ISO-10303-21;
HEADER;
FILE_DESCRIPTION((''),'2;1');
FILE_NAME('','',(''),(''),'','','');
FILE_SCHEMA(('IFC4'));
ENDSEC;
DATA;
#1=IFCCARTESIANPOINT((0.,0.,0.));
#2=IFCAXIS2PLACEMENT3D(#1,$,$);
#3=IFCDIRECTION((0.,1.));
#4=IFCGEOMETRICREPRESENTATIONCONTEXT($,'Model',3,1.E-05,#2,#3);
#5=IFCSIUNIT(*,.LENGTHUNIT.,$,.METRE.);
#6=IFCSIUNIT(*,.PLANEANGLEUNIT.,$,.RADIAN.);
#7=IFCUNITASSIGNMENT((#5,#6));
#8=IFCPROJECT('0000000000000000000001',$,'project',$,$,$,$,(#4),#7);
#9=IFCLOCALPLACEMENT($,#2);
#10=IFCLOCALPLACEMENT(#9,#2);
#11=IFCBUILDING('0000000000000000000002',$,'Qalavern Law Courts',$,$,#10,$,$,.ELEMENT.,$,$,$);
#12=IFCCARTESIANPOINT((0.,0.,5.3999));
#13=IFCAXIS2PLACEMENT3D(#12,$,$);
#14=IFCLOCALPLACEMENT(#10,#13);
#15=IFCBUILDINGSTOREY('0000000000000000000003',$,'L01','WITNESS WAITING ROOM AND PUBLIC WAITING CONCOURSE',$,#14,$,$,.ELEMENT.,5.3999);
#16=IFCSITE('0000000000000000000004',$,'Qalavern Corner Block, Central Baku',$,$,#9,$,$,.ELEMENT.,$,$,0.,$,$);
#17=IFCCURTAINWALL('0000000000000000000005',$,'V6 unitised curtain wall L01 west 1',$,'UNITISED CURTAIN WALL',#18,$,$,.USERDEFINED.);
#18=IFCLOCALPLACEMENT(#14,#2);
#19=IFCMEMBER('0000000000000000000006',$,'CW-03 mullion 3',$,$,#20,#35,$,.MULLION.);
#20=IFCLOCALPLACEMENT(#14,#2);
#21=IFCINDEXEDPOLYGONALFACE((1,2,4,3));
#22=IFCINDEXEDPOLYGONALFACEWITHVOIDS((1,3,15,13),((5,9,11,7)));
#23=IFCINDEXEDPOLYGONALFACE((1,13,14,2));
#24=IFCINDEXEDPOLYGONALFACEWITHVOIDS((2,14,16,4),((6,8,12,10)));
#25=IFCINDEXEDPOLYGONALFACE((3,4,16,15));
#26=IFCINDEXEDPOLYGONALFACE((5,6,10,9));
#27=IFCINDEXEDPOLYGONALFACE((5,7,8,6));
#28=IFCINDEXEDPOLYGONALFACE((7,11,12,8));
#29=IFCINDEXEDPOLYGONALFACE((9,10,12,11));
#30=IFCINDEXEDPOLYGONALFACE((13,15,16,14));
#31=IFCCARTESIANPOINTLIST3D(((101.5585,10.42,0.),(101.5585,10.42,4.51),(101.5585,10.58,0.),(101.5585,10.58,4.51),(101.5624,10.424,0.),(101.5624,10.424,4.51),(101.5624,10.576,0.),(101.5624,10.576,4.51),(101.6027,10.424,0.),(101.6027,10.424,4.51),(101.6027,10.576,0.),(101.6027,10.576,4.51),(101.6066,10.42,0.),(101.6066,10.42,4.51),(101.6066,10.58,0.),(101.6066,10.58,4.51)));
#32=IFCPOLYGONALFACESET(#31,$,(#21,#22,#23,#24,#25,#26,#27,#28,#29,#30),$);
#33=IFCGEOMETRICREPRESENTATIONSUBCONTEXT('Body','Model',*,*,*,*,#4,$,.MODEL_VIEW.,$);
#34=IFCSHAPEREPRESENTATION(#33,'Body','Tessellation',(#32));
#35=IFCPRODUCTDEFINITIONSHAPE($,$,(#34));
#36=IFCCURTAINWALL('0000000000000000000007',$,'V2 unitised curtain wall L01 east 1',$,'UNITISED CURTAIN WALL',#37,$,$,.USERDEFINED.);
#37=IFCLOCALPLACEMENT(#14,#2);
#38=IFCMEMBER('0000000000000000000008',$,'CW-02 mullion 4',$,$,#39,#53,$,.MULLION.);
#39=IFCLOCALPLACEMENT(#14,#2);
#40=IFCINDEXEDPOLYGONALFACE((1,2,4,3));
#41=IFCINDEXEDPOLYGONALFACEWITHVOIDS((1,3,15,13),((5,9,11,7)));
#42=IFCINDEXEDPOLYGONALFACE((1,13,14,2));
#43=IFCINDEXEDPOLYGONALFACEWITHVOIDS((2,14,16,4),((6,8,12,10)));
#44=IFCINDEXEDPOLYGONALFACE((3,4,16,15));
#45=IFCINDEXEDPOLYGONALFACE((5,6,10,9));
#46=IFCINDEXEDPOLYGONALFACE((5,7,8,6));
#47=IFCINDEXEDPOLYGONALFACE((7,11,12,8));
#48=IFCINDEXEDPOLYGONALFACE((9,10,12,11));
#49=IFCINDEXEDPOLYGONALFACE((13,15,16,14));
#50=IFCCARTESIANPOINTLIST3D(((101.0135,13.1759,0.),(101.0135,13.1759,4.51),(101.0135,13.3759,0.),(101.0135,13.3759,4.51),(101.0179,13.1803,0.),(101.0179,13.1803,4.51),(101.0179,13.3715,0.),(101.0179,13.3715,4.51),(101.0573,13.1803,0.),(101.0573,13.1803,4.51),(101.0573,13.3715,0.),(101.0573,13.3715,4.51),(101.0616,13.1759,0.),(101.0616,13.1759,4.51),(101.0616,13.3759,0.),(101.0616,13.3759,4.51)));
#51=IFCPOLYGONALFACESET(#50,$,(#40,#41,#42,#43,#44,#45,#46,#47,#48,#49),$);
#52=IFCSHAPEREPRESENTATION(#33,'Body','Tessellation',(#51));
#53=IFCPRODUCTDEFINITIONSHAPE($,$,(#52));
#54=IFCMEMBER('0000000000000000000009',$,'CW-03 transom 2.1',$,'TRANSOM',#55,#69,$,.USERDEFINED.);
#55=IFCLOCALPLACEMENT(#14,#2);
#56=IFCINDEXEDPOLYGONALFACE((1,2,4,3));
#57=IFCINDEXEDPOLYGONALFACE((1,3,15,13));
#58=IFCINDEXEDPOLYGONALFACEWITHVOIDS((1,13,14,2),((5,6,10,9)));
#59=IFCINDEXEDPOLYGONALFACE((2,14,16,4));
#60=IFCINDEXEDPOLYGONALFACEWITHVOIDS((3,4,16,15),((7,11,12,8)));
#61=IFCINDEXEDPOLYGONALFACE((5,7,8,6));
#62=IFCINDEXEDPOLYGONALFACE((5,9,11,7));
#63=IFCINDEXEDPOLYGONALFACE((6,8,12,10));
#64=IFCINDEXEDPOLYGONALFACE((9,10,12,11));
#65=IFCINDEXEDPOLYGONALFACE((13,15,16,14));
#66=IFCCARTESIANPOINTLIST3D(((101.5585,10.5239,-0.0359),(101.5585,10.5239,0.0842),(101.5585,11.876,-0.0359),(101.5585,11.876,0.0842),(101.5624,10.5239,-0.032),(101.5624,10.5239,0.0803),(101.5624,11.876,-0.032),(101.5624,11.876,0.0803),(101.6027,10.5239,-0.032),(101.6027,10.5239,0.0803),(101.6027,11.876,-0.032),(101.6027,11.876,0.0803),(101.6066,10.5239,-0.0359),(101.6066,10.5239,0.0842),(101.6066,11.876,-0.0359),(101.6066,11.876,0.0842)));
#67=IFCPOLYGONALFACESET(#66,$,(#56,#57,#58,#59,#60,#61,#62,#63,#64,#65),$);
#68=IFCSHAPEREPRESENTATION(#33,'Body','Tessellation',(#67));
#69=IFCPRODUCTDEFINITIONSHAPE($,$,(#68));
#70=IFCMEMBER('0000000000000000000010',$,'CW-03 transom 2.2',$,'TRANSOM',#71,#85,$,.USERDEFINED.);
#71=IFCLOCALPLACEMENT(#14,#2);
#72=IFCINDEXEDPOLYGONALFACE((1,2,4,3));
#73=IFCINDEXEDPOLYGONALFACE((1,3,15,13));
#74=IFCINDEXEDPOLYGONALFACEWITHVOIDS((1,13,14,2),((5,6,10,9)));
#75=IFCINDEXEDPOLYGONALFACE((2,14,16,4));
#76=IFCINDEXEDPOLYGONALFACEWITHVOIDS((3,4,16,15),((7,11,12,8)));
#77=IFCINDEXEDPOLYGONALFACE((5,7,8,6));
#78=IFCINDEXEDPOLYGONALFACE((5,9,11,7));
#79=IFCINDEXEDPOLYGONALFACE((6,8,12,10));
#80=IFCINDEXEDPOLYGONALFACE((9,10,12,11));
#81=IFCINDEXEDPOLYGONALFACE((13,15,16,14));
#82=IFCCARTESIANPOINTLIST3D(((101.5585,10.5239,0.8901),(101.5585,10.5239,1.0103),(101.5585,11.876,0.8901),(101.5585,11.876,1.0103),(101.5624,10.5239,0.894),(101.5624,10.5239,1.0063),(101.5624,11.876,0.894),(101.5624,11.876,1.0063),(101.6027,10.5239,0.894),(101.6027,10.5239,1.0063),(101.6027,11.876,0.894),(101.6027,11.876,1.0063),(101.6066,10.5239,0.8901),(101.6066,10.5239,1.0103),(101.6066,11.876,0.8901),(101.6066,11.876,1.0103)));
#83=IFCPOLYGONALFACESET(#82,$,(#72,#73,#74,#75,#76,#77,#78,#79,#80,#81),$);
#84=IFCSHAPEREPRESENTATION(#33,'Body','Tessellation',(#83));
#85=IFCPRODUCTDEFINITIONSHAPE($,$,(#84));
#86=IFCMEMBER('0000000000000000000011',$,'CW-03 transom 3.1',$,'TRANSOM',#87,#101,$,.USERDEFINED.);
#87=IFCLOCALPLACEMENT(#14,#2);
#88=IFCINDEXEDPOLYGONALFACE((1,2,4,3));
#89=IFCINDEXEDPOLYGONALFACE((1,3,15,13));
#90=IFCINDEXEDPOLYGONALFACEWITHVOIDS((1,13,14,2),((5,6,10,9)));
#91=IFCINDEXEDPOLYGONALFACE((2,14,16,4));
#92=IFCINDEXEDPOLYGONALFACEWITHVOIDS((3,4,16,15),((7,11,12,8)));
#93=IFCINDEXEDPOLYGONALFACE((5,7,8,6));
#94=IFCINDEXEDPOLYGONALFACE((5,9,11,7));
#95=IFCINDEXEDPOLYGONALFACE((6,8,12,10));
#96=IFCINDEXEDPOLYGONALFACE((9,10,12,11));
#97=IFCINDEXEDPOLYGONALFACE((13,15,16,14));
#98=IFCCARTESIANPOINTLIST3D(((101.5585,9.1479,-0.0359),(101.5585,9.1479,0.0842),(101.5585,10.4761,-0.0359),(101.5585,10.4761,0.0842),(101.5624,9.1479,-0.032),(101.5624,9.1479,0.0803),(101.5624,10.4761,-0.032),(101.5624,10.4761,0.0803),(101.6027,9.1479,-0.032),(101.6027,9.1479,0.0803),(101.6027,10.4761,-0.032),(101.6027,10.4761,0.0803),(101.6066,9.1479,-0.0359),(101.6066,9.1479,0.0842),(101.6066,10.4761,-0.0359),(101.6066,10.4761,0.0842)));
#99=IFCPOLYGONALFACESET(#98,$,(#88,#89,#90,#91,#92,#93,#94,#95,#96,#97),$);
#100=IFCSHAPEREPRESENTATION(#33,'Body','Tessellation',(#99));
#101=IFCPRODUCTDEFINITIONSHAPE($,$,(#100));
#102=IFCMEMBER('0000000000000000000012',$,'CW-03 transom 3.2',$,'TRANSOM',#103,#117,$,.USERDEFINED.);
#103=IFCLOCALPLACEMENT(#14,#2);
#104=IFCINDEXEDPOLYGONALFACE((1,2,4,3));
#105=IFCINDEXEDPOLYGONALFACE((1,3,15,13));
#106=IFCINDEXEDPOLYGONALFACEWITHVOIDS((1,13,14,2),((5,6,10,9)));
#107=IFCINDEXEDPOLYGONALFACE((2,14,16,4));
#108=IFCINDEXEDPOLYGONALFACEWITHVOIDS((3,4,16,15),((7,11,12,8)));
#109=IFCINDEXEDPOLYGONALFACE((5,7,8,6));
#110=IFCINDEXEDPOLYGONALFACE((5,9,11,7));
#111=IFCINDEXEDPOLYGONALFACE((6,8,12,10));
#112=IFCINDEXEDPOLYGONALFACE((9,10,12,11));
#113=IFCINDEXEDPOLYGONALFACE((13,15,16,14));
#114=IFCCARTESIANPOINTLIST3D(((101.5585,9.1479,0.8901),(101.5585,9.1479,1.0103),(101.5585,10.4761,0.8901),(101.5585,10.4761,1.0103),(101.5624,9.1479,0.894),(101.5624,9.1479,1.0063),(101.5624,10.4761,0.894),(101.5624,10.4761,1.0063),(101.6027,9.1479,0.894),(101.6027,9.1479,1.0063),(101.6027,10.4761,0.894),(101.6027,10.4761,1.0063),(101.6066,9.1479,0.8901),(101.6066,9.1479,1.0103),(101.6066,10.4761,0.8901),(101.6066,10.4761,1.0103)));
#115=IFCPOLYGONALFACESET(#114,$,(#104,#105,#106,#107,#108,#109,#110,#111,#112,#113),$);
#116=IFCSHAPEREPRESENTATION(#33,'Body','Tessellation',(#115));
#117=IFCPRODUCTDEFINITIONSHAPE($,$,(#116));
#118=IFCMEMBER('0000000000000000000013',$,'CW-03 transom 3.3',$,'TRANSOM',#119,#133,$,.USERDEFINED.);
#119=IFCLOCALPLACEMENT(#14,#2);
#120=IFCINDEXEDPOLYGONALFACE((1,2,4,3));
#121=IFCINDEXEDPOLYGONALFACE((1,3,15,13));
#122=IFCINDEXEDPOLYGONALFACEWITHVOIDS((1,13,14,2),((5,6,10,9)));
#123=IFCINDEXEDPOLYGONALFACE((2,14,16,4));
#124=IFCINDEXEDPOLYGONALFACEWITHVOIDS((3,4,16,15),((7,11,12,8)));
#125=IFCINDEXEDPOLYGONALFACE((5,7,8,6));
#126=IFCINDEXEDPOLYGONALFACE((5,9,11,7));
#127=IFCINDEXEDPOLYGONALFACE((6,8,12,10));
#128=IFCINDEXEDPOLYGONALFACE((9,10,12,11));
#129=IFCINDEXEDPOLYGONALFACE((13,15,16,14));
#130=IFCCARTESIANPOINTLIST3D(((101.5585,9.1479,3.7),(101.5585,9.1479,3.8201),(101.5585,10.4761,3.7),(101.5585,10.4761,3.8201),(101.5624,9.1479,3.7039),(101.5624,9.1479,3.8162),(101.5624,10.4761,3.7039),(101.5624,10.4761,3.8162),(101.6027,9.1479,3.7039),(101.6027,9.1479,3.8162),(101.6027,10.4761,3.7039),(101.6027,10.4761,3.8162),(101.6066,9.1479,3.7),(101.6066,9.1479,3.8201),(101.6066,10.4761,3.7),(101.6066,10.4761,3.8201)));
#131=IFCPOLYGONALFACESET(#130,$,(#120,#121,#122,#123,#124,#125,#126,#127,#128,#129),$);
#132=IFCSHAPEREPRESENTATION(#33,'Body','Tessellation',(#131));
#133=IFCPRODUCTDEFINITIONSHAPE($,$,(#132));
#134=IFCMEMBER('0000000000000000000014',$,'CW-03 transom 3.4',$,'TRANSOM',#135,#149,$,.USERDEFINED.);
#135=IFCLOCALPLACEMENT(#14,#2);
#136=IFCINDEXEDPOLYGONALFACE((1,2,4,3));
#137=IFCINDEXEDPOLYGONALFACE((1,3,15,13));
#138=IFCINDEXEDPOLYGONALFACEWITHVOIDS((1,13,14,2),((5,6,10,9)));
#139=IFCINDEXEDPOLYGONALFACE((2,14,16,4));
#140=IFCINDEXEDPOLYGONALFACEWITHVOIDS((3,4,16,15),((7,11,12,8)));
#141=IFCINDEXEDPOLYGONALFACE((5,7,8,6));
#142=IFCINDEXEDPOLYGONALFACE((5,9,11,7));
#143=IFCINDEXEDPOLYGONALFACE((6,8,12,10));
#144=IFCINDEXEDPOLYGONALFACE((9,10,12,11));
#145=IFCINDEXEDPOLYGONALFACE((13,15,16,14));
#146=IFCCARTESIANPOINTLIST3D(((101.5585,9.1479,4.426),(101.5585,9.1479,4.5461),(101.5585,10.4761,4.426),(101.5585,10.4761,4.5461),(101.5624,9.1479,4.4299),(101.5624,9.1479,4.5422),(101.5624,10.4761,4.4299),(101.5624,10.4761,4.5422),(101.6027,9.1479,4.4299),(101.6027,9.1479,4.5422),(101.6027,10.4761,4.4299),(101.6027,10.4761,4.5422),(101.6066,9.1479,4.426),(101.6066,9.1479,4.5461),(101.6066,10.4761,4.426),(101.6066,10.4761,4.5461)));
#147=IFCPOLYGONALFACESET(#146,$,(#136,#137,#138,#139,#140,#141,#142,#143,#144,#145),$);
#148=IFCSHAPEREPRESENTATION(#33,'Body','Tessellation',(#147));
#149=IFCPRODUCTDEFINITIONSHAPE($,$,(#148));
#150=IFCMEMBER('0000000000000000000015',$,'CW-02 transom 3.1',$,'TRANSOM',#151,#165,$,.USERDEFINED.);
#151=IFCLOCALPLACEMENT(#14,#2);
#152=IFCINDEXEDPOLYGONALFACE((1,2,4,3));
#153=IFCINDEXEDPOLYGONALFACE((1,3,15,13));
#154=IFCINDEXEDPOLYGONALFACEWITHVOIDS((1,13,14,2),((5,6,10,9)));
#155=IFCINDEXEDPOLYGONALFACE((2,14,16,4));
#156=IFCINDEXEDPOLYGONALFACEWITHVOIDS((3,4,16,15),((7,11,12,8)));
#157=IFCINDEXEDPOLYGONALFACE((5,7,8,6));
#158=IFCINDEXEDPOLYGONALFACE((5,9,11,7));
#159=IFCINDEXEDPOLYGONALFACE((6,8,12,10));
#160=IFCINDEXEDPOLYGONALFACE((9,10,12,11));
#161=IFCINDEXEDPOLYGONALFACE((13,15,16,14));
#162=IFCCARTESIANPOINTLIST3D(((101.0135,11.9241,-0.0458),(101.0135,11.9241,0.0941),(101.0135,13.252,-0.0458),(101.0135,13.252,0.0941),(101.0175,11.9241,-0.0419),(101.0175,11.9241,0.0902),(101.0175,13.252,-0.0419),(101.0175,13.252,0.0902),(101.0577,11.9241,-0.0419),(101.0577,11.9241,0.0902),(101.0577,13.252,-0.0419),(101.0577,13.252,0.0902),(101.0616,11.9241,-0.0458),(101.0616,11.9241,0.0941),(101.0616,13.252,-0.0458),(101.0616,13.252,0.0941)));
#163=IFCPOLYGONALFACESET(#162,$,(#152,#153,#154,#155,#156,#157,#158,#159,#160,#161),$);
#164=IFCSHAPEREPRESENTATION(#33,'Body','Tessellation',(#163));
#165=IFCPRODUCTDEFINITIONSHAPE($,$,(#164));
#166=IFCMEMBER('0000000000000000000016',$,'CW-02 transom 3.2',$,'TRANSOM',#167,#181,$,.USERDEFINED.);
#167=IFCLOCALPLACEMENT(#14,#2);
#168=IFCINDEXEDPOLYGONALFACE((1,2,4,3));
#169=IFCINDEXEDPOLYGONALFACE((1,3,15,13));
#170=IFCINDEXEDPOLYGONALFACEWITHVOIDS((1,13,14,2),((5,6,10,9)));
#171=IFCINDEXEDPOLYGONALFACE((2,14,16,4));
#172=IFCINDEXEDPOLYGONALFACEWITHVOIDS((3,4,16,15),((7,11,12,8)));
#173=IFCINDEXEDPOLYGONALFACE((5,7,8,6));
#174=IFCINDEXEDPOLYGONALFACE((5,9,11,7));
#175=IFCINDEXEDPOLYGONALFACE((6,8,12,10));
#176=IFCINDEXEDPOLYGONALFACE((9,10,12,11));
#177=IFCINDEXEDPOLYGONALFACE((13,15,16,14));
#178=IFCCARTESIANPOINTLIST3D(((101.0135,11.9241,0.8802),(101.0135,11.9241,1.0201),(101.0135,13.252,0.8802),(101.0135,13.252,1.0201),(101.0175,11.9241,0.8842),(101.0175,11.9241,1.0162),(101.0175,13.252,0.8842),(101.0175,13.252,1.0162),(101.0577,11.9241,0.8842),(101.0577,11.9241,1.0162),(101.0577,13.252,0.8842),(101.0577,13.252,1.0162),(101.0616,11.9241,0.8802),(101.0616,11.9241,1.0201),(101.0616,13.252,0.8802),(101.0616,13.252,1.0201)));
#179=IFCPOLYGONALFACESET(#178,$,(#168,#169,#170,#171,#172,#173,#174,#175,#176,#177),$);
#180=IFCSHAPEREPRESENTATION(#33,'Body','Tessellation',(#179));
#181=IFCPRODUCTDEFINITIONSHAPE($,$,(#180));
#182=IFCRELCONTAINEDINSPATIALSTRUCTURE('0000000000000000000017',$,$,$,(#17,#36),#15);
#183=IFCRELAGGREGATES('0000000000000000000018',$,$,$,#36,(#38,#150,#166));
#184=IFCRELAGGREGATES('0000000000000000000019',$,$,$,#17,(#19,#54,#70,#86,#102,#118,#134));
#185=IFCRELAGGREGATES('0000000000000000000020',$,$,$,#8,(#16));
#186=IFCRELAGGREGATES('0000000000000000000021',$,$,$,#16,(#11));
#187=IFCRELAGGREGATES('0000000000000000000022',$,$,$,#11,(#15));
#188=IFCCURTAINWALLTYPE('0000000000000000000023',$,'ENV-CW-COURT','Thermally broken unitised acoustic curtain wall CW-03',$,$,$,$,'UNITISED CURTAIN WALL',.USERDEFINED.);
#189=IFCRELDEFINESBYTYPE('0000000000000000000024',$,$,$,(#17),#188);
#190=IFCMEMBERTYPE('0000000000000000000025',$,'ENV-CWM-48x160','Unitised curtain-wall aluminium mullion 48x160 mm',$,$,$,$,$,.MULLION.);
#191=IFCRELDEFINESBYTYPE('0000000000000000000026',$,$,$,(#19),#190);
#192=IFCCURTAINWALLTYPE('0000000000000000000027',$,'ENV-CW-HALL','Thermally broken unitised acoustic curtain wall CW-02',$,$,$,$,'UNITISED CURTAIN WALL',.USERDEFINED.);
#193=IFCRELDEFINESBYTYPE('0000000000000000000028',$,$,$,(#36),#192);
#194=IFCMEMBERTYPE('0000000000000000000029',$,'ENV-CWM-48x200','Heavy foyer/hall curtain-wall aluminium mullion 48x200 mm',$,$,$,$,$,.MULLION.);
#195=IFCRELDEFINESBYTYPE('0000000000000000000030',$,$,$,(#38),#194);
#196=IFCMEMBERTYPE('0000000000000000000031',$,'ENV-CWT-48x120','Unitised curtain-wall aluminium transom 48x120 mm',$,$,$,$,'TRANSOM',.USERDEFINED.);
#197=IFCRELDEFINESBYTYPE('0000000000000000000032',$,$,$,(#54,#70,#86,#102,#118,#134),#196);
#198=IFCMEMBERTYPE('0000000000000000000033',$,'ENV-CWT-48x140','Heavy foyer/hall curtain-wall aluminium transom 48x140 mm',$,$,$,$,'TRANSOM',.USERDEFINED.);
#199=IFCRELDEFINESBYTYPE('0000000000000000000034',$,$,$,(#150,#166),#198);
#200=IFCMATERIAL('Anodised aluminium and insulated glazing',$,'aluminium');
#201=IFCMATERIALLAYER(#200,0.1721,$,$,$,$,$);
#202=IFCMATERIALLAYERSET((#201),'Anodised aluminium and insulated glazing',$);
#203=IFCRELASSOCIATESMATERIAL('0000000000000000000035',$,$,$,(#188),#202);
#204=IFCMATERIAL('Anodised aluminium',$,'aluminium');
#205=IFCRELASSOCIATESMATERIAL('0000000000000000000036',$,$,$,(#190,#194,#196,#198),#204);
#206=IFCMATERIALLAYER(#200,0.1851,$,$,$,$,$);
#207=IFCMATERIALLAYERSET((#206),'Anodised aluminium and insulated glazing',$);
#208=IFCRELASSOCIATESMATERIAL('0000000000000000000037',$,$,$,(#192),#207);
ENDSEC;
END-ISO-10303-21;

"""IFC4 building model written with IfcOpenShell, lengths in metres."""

from ifc_helpers import new_model, si_unit, direction, frame, origin, origin_2d, place, context, subcontext, project, spatial, hollow_rectangle, extrude, material, layer, layer_set, material_profile, profile_set, type_object, element, aggregate, save


model = new_model("IFC4")

# Units and contexts
model_context = context("Model", 3, precision=1e-05, world=origin(), true_north=direction((0.0, 1.0)))
body_context = subcontext(model_context, "Body", "Model", "MODEL_VIEW")
ifc_project = project(units=[si_unit("LENGTHUNIT", "METRE"), si_unit("PLANEANGLEUNIT", "RADIAN")], contexts=[model_context])

# Site, building, storey
site_placement = place(None, origin())
site = spatial("IfcSite", under=ifc_project, at=site_placement, Name="Qalavern Corner Block, Central Baku", CompositionType="ELEMENT", RefElevation=0.0)
building_placement = place(site_placement, origin())
building = spatial("IfcBuilding", under=site, at=building_placement, Name="Qalavern Law Courts", CompositionType="ELEMENT")
storey_placement = place(building_placement, frame((0.0, 0.0, 5.3999)))
storey = spatial("IfcBuildingStorey", under=building, at=storey_placement, Name="L01", Description="WITNESS WAITING ROOM AND PUBLIC WAITING CONCOURSE", CompositionType="ELEMENT", Elevation=5.3999)

# Curtain walls, members
ifc_material_1 = material(Name="Anodised aluminium and insulated glazing", Category="aluminium")
ifc_layer_1 = layer(ifc_material_1, 0.1721)
ifc_layer_set_1 = layer_set([ifc_layer_1], Name="Anodised aluminium and insulated glazing")
curtain_wall_type_1 = type_object("IfcCurtainWallType", Name="ENV-CW-COURT", Description="Thermally broken unitised acoustic curtain wall CW-03", ElementType="UNITISED CURTAIN WALL", PredefinedType="USERDEFINED", material=ifc_layer_set_1)
curtain_wall_1_placement = place(storey_placement, origin())
curtain_wall_1 = element("IfcCurtainWall", 1, at=curtain_wall_1_placement, inside=storey, type_object=curtain_wall_type_1, Name="V6 unitised curtain wall L01 west 1", ObjectType="UNITISED CURTAIN WALL", PredefinedType="USERDEFINED")
ifc_material_2 = material(Name="Anodised aluminium", Category="aluminium")
ifc_material_profile_1 = material_profile(ifc_material_2, hollow_rectangle(XDim=0.0481, YDim=0.1599, WallThickness=0.0039, at=origin_2d()), Name="ALU MULLION 48x160")
ifc_profile_set_1 = profile_set([ifc_material_profile_1], Name="Anodised aluminium")
member_type_1 = type_object("IfcMemberType", Name="ENV-CWM-48x160", Description="Unitised curtain-wall aluminium mullion 48x160 mm", PredefinedType="MULLION", material=ifc_profile_set_1)
member_1_placement = place(storey_placement, frame((101.5825, 10.5, 0.0), z_axis=(0.0, 0.0, 1.0), x_axis=(1.0, 0.0, 0.0)))
member_1 = element("IfcMember", 2, at=member_1_placement, type_object=member_type_1, Name="CW-03 mullion 3", PredefinedType="MULLION", context=body_context, shape_type="SweptSolid", body=[
    extrude(hollow_rectangle(XDim=0.0481, YDim=0.1599, WallThickness=0.0039, at=origin_2d()), origin(), (0.0, 0.0, 1.0), 4.51),
])
ifc_layer_2 = layer(ifc_material_1, 0.1851)
ifc_layer_set_2 = layer_set([ifc_layer_2], Name="Anodised aluminium and insulated glazing")
curtain_wall_type_2 = type_object("IfcCurtainWallType", Name="ENV-CW-HALL", Description="Thermally broken unitised acoustic curtain wall CW-02", ElementType="UNITISED CURTAIN WALL", PredefinedType="USERDEFINED", material=ifc_layer_set_2)
curtain_wall_2_placement = place(storey_placement, origin())
curtain_wall_2 = element("IfcCurtainWall", 3, at=curtain_wall_2_placement, inside=storey, type_object=curtain_wall_type_2, Name="V2 unitised curtain wall L01 east 1", ObjectType="UNITISED CURTAIN WALL", PredefinedType="USERDEFINED")
ifc_material_profile_2 = material_profile(ifc_material_2, hollow_rectangle(XDim=0.0481, YDim=0.2, WallThickness=0.0044, at=origin_2d()), Name="ALU MULLION 48x200")
ifc_profile_set_2 = profile_set([ifc_material_profile_2], Name="Anodised aluminium")
member_type_2 = type_object("IfcMemberType", Name="ENV-CWM-48x200", Description="Heavy foyer/hall curtain-wall aluminium mullion 48x200 mm", PredefinedType="MULLION", material=ifc_profile_set_2)
member_2_placement = place(storey_placement, frame((101.0376, 13.2759, 0.0), z_axis=(0.0, 0.0, 1.0), x_axis=(-1.0, 0.0, 0.0)))
member_2 = element("IfcMember", 4, at=member_2_placement, type_object=member_type_2, Name="CW-02 mullion 4", PredefinedType="MULLION", context=body_context, shape_type="SweptSolid", body=[
    extrude(hollow_rectangle(XDim=0.0481, YDim=0.2, WallThickness=0.0044, at=origin_2d()), origin(), (0.0, 0.0, 1.0), 4.51),
])

# Members
ifc_material_profile_3 = material_profile(ifc_material_2, hollow_rectangle(XDim=0.0481, YDim=0.1201, WallThickness=0.0039, at=origin_2d()), Name="ALU TRANSOM 48x120")
ifc_profile_set_3 = profile_set([ifc_material_profile_3], Name="Anodised aluminium")
member_type_3 = type_object("IfcMemberType", Name="ENV-CWT-48x120", Description="Unitised curtain-wall aluminium transom 48x120 mm", ElementType="TRANSOM", PredefinedType="USERDEFINED", material=ifc_profile_set_3)
member_3_placement = place(storey_placement, frame((101.5825, 11.876, 0.0242), z_axis=(0.0, -1.0, 0.0), x_axis=(1.0, 0.0, 0.0)))
member_3 = element("IfcMember", 5, at=member_3_placement, type_object=member_type_3, Name="CW-03 transom 2.1", ObjectType="TRANSOM", PredefinedType="USERDEFINED", context=body_context, shape_type="SweptSolid", body=[
    extrude(hollow_rectangle(XDim=0.0481, YDim=0.1201, WallThickness=0.0039, at=origin_2d()), origin(), (0.0, 0.0, 1.0), 1.3521),
])
member_4_placement = place(storey_placement, frame((101.5825, 11.876, 0.9502), z_axis=(0.0, -1.0, 0.0), x_axis=(1.0, 0.0, 0.0)))
member_4 = element("IfcMember", 6, at=member_4_placement, type_object=member_type_3, Name="CW-03 transom 2.2", ObjectType="TRANSOM", PredefinedType="USERDEFINED", context=body_context, shape_type="SweptSolid", body=[
    extrude(hollow_rectangle(XDim=0.0481, YDim=0.1201, WallThickness=0.0039, at=origin_2d()), origin(), (0.0, 0.0, 1.0), 1.3521),
])
member_5_placement = place(storey_placement, frame((101.5825, 10.4761, 0.0242), z_axis=(0.0, -1.0, 0.0), x_axis=(1.0, 0.0, 0.0)))
member_5 = element("IfcMember", 7, at=member_5_placement, type_object=member_type_3, Name="CW-03 transom 3.1", ObjectType="TRANSOM", PredefinedType="USERDEFINED", context=body_context, shape_type="SweptSolid", body=[
    extrude(hollow_rectangle(XDim=0.0481, YDim=0.1201, WallThickness=0.0039, at=origin_2d()), origin(), (0.0, 0.0, 1.0), 1.3281),
])
member_6_placement = place(storey_placement, frame((101.5825, 10.4761, 0.9502), z_axis=(0.0, -1.0, 0.0), x_axis=(1.0, 0.0, 0.0)))
member_6 = element("IfcMember", 8, at=member_6_placement, type_object=member_type_3, Name="CW-03 transom 3.2", ObjectType="TRANSOM", PredefinedType="USERDEFINED", context=body_context, shape_type="SweptSolid", body=[
    extrude(hollow_rectangle(XDim=0.0481, YDim=0.1201, WallThickness=0.0039, at=origin_2d()), origin(), (0.0, 0.0, 1.0), 1.3281),
])
member_7_placement = place(storey_placement, frame((101.5825, 10.4761, 3.76), z_axis=(0.0, -1.0, 0.0), x_axis=(1.0, 0.0, 0.0)))
member_7 = element("IfcMember", 9, at=member_7_placement, type_object=member_type_3, Name="CW-03 transom 3.3", ObjectType="TRANSOM", PredefinedType="USERDEFINED", context=body_context, shape_type="SweptSolid", body=[
    extrude(hollow_rectangle(XDim=0.0481, YDim=0.1201, WallThickness=0.0039, at=origin_2d()), origin(), (0.0, 0.0, 1.0), 1.3281),
])
member_8_placement = place(storey_placement, frame((101.5825, 10.4761, 4.4861), z_axis=(0.0, -1.0, 0.0), x_axis=(1.0, 0.0, 0.0)))
member_8 = element("IfcMember", 10, at=member_8_placement, type_object=member_type_3, Name="CW-03 transom 3.4", ObjectType="TRANSOM", PredefinedType="USERDEFINED", context=body_context, shape_type="SweptSolid", body=[
    extrude(hollow_rectangle(XDim=0.0481, YDim=0.1201, WallThickness=0.0039, at=origin_2d()), origin(), (0.0, 0.0, 1.0), 1.3281),
])
ifc_material_profile_4 = material_profile(ifc_material_2, hollow_rectangle(XDim=0.0481, YDim=0.1399, WallThickness=0.0039, at=origin_2d()), Name="ALU TRANSOM 48x140")
ifc_profile_set_4 = profile_set([ifc_material_profile_4], Name="Anodised aluminium")
member_type_4 = type_object("IfcMemberType", Name="ENV-CWT-48x140", Description="Heavy foyer/hall curtain-wall aluminium transom 48x140 mm", ElementType="TRANSOM", PredefinedType="USERDEFINED", material=ifc_profile_set_4)
member_9_placement = place(storey_placement, frame((101.0376, 11.9241, 0.0242), z_axis=(0.0, 1.0, 0.0), x_axis=(-1.0, 0.0, 0.0)))
member_9 = element("IfcMember", 11, at=member_9_placement, type_object=member_type_4, Name="CW-02 transom 3.1", ObjectType="TRANSOM", PredefinedType="USERDEFINED", context=body_context, shape_type="SweptSolid", body=[
    extrude(hollow_rectangle(XDim=0.0481, YDim=0.1399, WallThickness=0.0039, at=origin_2d()), origin(), (0.0, 0.0, 1.0), 1.3279),
])
member_10_placement = place(storey_placement, frame((101.0376, 11.9241, 0.9502), z_axis=(0.0, 1.0, 0.0), x_axis=(-1.0, 0.0, 0.0)))
member_10 = element("IfcMember", 12, at=member_10_placement, type_object=member_type_4, Name="CW-02 transom 3.2", ObjectType="TRANSOM", PredefinedType="USERDEFINED", context=body_context, shape_type="SweptSolid", body=[
    extrude(hollow_rectangle(XDim=0.0481, YDim=0.1399, WallThickness=0.0039, at=origin_2d()), origin(), (0.0, 0.0, 1.0), 1.3279),
])

aggregate(curtain_wall_2, [member_2, member_9, member_10])
aggregate(curtain_wall_1, [member_1, member_3, member_4, member_5, member_6, member_7, member_8])

save(model, "model.ifc")
